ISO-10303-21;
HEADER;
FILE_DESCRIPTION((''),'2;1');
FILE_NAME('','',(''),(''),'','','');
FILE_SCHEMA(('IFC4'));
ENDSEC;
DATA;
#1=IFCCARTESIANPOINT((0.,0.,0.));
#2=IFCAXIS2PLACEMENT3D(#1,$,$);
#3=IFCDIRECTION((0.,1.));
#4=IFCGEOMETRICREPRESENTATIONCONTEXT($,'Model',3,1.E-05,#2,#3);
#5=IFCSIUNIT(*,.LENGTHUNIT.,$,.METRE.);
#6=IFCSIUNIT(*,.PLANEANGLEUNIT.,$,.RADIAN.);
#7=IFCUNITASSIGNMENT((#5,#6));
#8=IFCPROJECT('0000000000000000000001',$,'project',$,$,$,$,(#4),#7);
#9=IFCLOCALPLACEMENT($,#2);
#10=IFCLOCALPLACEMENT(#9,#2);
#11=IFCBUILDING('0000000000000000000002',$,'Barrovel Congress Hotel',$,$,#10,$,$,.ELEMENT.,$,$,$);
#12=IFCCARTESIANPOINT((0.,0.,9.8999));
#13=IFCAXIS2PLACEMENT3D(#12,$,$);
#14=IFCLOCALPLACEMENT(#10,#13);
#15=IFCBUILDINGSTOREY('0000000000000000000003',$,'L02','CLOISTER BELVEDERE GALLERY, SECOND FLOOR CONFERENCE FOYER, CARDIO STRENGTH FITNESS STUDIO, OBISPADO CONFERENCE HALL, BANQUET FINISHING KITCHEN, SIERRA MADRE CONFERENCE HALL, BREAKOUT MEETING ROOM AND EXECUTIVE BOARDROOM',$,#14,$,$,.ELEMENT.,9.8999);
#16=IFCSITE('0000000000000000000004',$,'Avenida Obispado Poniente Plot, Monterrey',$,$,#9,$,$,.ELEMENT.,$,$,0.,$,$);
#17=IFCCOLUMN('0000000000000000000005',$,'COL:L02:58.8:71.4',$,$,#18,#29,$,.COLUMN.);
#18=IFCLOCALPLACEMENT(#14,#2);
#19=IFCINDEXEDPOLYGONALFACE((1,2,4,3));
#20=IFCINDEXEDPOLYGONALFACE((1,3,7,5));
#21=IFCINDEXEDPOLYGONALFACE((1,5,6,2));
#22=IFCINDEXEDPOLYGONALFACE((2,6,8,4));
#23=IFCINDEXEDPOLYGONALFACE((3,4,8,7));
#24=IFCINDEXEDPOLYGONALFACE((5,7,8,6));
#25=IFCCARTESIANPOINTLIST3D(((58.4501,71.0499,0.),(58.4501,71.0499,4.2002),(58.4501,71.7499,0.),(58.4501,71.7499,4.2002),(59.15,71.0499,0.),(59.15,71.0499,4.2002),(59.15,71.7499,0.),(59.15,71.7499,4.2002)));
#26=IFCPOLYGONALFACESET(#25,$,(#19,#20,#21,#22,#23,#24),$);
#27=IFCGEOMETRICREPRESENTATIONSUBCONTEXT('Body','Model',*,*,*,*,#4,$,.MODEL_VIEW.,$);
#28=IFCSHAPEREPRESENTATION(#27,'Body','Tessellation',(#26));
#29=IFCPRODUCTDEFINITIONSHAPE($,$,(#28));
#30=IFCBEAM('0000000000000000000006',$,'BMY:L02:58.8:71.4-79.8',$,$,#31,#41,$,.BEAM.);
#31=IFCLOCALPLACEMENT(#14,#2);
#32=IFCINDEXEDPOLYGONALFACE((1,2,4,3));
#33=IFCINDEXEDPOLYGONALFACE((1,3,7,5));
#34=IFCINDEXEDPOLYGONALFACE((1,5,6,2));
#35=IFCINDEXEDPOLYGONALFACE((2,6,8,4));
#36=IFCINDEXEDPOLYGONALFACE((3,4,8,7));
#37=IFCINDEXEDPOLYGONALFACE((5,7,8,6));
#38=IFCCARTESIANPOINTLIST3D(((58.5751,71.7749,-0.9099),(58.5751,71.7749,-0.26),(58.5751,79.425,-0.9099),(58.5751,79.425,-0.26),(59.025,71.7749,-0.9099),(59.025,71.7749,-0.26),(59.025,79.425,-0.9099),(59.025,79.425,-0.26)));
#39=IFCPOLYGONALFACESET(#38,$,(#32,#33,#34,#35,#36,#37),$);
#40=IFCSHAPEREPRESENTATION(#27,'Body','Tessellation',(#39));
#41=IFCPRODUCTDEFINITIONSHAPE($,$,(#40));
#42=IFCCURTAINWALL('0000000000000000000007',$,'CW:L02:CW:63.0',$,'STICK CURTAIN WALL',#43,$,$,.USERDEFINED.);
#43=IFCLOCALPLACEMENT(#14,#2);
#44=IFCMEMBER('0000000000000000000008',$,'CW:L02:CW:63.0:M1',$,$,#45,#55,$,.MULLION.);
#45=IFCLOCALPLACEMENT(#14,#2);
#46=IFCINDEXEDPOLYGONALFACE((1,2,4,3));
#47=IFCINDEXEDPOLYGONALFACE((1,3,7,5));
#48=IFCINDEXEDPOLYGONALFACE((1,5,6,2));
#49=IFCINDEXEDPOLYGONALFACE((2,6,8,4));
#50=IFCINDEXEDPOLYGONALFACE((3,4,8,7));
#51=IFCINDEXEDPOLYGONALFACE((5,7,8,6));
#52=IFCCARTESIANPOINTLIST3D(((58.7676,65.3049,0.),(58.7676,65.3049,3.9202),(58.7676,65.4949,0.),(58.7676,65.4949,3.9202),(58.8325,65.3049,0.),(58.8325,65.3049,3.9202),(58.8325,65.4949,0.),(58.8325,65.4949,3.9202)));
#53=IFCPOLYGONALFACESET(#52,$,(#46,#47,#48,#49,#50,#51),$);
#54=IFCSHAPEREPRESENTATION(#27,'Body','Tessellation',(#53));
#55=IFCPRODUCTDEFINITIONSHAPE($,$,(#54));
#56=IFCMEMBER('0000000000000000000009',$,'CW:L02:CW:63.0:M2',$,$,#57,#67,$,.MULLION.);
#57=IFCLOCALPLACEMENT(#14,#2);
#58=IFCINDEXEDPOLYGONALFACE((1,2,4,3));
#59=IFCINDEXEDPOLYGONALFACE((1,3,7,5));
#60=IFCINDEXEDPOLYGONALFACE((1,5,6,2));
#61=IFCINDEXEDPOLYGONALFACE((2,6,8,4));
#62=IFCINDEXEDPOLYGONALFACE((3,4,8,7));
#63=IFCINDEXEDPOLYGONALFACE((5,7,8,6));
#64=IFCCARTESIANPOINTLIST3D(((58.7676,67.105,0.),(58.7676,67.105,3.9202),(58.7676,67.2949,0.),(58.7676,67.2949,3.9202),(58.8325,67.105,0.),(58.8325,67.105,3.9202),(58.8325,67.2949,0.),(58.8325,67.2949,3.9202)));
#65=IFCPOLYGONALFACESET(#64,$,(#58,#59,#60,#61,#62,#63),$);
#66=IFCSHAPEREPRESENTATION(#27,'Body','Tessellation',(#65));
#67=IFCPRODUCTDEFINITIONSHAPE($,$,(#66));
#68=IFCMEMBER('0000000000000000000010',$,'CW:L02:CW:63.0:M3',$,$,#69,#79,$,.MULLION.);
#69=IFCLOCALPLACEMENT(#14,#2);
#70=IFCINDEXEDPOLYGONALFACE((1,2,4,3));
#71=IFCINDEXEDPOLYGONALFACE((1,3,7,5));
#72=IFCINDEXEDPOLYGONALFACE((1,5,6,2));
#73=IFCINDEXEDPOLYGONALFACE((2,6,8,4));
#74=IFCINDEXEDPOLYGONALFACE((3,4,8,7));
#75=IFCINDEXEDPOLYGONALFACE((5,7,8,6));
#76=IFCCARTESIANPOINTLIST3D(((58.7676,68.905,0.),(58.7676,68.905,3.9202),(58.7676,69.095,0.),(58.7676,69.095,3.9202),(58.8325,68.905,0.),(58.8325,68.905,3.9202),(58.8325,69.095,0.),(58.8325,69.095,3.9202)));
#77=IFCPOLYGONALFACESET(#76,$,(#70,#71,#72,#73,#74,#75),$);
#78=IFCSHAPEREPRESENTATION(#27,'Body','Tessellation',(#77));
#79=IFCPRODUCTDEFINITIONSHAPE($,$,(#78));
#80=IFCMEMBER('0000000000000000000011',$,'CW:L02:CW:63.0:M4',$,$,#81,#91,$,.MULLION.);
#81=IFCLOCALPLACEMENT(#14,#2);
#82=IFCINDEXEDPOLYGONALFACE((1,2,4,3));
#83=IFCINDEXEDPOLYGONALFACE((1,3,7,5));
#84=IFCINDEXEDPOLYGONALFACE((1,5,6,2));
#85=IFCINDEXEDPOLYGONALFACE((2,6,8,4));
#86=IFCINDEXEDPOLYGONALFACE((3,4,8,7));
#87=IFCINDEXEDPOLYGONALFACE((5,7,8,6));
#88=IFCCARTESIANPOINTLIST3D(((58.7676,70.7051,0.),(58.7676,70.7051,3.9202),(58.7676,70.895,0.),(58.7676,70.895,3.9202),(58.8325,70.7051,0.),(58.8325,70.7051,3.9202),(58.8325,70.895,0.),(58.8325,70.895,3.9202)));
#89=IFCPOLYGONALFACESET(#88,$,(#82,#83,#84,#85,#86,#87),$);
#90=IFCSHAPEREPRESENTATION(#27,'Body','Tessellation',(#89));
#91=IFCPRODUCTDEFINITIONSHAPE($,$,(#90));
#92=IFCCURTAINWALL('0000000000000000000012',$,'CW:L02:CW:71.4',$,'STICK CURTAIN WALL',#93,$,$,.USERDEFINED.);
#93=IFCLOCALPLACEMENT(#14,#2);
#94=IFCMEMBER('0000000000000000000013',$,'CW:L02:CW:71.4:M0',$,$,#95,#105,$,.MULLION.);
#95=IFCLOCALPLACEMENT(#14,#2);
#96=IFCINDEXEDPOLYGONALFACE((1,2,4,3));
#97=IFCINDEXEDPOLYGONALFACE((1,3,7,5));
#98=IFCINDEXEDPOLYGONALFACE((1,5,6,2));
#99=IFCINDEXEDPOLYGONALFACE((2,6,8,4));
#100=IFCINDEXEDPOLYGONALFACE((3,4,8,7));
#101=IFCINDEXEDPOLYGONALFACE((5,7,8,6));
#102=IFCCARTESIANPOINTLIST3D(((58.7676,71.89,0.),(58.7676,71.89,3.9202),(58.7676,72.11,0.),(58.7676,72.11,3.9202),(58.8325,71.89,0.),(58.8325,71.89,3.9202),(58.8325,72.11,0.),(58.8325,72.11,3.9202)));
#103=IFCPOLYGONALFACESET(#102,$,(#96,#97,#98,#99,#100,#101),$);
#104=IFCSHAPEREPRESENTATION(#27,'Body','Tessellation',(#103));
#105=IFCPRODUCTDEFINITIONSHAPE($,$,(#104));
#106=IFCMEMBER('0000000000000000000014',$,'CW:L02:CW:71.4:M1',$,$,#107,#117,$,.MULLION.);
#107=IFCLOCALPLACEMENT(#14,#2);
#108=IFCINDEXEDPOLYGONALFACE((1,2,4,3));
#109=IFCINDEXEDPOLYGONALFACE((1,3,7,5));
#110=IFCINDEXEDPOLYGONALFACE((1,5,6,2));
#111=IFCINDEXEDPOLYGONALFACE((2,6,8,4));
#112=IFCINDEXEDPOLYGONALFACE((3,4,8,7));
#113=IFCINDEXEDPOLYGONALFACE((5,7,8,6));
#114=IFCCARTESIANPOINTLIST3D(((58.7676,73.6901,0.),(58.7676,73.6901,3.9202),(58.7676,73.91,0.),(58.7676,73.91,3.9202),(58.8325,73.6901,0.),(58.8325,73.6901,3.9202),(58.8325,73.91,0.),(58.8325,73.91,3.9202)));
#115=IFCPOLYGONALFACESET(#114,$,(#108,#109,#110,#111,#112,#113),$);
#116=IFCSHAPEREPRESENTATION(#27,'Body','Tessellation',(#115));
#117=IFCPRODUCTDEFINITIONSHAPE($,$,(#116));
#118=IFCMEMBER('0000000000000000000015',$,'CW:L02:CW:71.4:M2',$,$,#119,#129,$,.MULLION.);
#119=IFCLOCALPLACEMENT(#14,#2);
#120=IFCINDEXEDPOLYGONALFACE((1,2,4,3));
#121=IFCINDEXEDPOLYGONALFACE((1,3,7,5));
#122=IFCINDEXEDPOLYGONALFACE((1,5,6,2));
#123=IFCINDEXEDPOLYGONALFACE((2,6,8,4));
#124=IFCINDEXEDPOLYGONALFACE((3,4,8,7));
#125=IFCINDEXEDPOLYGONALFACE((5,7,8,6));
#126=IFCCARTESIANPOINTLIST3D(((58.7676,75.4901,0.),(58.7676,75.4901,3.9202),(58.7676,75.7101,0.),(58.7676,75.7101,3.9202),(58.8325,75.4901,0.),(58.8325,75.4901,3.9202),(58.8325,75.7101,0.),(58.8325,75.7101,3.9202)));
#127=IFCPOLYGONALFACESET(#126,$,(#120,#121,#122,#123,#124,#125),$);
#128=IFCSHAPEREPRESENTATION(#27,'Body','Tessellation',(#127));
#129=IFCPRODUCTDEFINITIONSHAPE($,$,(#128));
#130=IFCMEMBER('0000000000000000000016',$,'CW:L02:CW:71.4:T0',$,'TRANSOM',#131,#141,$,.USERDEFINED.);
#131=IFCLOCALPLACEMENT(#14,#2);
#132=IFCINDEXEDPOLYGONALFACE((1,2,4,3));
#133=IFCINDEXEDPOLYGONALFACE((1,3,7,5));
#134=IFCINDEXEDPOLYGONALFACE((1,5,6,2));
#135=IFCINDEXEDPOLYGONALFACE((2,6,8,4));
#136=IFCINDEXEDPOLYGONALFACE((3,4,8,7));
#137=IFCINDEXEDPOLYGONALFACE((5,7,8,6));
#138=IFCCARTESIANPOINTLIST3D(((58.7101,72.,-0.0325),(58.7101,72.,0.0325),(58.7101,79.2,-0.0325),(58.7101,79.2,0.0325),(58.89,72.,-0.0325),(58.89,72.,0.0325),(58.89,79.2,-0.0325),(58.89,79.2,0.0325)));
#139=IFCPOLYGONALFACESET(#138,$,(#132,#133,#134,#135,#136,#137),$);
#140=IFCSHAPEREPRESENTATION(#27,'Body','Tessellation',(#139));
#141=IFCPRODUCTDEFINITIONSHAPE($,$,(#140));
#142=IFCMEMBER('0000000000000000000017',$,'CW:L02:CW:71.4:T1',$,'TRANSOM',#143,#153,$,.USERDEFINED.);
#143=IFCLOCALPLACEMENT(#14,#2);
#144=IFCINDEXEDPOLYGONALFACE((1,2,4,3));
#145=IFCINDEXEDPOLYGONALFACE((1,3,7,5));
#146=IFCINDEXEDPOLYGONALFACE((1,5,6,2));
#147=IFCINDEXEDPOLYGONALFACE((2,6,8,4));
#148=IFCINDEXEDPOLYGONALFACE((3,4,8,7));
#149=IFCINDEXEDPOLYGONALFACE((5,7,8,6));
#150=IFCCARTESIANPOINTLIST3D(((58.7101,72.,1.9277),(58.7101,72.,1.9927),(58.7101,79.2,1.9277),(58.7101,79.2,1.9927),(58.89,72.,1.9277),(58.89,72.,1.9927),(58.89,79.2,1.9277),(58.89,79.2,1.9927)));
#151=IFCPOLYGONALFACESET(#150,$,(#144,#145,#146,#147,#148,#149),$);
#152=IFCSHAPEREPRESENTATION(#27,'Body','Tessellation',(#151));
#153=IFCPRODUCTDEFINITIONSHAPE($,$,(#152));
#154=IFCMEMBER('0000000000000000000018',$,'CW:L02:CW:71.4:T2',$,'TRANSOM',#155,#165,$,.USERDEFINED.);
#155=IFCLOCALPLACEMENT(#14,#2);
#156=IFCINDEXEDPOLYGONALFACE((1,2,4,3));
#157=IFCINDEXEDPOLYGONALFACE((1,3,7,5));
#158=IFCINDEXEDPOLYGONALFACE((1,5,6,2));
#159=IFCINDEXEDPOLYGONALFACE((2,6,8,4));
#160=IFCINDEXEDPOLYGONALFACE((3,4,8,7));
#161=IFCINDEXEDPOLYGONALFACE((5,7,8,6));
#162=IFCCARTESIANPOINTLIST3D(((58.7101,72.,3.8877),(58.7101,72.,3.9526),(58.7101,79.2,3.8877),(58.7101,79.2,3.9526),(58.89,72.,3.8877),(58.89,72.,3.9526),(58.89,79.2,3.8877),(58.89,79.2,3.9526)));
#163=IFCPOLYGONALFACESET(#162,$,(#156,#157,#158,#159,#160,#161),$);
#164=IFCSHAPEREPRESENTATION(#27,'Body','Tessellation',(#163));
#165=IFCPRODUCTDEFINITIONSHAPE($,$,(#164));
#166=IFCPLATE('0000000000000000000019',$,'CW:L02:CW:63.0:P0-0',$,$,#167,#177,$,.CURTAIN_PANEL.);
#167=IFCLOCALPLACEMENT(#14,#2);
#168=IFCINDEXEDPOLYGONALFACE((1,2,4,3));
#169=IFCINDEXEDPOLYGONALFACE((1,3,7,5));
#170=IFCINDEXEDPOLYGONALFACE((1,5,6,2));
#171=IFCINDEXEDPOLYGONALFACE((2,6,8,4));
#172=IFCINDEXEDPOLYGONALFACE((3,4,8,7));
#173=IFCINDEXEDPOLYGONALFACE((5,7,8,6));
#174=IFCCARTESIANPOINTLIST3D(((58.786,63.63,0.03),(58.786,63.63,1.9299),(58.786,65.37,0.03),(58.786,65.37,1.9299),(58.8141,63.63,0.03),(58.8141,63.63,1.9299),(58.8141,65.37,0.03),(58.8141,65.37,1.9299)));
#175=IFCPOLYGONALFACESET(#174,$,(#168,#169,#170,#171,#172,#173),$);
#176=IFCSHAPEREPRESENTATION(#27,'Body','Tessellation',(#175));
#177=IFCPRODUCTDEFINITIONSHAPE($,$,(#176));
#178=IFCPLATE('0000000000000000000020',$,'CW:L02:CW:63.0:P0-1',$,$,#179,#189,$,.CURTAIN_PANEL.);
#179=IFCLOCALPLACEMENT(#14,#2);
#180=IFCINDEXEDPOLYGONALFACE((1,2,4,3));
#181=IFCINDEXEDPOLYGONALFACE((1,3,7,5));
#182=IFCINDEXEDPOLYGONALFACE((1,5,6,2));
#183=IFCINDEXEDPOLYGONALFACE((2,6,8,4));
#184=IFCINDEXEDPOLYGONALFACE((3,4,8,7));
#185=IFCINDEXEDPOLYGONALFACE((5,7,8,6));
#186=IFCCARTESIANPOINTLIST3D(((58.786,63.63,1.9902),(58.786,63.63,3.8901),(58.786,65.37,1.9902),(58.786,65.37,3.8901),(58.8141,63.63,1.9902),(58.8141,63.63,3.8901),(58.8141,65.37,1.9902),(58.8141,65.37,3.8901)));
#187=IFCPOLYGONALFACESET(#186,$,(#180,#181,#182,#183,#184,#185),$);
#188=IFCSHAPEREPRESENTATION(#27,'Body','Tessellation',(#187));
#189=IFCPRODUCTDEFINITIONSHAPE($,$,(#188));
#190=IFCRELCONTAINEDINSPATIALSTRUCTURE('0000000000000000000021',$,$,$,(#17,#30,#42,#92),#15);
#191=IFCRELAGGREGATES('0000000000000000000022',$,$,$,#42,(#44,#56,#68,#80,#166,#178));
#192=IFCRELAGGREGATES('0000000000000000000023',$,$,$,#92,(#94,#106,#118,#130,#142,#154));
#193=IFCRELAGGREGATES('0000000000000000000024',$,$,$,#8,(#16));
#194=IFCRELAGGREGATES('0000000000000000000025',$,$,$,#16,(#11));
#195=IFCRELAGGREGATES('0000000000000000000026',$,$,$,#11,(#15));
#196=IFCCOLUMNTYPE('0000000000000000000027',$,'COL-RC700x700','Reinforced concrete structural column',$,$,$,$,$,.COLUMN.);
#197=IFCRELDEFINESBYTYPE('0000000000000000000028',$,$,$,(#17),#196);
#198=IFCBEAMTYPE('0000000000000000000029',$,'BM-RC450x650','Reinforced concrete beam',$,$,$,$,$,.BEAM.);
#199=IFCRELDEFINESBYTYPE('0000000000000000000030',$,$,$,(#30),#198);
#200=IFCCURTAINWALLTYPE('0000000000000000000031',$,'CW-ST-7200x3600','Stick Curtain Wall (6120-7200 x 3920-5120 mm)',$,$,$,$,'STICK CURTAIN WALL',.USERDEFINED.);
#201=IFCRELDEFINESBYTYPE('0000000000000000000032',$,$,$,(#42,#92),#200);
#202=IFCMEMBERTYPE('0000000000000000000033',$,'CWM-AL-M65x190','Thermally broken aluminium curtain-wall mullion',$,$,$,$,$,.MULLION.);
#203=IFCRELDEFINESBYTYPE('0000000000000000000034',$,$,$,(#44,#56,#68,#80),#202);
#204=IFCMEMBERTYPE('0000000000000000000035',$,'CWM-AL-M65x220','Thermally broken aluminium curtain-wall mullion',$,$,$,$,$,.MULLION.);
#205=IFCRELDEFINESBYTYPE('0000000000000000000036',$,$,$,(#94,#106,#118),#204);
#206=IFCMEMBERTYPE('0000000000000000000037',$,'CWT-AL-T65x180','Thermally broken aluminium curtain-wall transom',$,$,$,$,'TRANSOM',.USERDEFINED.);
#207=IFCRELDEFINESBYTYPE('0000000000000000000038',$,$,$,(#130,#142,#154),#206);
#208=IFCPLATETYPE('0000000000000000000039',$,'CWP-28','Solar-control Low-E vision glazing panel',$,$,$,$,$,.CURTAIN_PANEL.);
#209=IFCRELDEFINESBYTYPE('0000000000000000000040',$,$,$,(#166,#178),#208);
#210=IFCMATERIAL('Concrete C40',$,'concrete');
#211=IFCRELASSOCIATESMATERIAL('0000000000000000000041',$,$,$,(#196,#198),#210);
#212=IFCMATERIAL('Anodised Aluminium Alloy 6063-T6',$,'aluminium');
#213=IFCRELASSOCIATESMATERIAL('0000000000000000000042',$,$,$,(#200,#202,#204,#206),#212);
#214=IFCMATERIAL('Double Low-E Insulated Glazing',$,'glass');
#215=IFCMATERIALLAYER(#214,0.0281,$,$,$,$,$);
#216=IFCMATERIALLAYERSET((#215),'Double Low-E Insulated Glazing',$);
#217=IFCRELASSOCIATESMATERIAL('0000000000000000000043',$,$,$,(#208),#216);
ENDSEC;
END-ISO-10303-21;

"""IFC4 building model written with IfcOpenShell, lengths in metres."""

from ifc_helpers import new_model, si_unit, direction, frame, origin, origin_2d, place, context, subcontext, project, spatial, rectangle, extrude, material, layer, layer_set, material_profile, profile_set, type_object, element, aggregate, save


model = new_model("IFC4")

# Units and contexts
model_context = context("Model", 3, precision=1e-05, world=origin(), true_north=direction((0.0, 1.0)))
body_context = subcontext(model_context, "Body", "Model", "MODEL_VIEW")
ifc_project = project(units=[si_unit("LENGTHUNIT", "METRE"), si_unit("PLANEANGLEUNIT", "RADIAN")], contexts=[model_context])

# Site, building, storey
site_placement = place(None, origin())
site = spatial("IfcSite", under=ifc_project, at=site_placement, Name="Avenida Obispado Poniente Plot, Monterrey", CompositionType="ELEMENT", RefElevation=0.0)
building_placement = place(site_placement, origin())
building = spatial("IfcBuilding", under=site, at=building_placement, Name="Barrovel Congress Hotel", CompositionType="ELEMENT")
storey_placement = place(building_placement, frame((0.0, 0.0, 9.8999)))
storey = spatial("IfcBuildingStorey", under=building, at=storey_placement, Name="L02", Description="CLOISTER BELVEDERE GALLERY, SECOND FLOOR CONFERENCE FOYER, CARDIO STRENGTH FITNESS STUDIO, OBISPADO CONFERENCE HALL, BANQUET FINISHING KITCHEN, SIERRA MADRE CONFERENCE HALL, BREAKOUT MEETING ROOM AND EXECUTIVE BOARDROOM", CompositionType="ELEMENT", Elevation=9.8999)

# Column
ifc_material_1 = material(Name="Concrete C40", Category="concrete")
ifc_material_profile_1 = material_profile(ifc_material_1, rectangle(XDim=0.7, YDim=0.7, at=origin_2d()), Name="RC700x700")
ifc_profile_set_1 = profile_set([ifc_material_profile_1], Name="Concrete C40")
column_type = type_object("IfcColumnType", Name="COL-RC700x700", Description="Reinforced concrete structural column", PredefinedType="COLUMN", material=ifc_profile_set_1)
column_placement = place(storey_placement, frame((58.8, 71.3999, 0.0), z_axis=(0.0, 0.0, 1.0), x_axis=(1.0, 0.0, 0.0)))
element("IfcColumn", 1, at=column_placement, inside=storey, type_object=column_type, Name="COL:L02:58.8:71.4", PredefinedType="COLUMN", context=body_context, shape_type="SweptSolid", body=[
    extrude(rectangle(XDim=0.7, YDim=0.7, at=origin_2d()), origin(), (0.0, 0.0, 1.0), 4.2002),
])

# Beam
ifc_material_profile_2 = material_profile(ifc_material_1, rectangle(XDim=0.45, YDim=0.6499, at=origin_2d()), Name="RC450x650")
ifc_profile_set_2 = profile_set([ifc_material_profile_2], Name="Concrete C40")
beam_type = type_object("IfcBeamType", Name="BM-RC450x650", Description="Reinforced concrete beam", PredefinedType="BEAM", material=ifc_profile_set_2)
beam_placement = place(storey_placement, frame((58.8, 71.7749, -0.585), z_axis=(0.0, 1.0, 0.0), x_axis=(-1.0, 0.0, 0.0)))
element("IfcBeam", 2, at=beam_placement, inside=storey, type_object=beam_type, Name="BMY:L02:58.8:71.4-79.8", PredefinedType="BEAM", context=body_context, shape_type="SweptSolid", body=[
    extrude(rectangle(XDim=0.45, YDim=0.6499, at=origin_2d()), origin(), (0.0, 0.0, 1.0), 7.6501),
])

# Curtain walls, members
ifc_material_2 = material(Name="Anodised Aluminium Alloy 6063-T6", Category="aluminium")
curtain_wall_type = type_object("IfcCurtainWallType", Name="CW-ST-7200x3600", Description="Stick Curtain Wall (6120-7200 x 3920-5120 mm)", ElementType="STICK CURTAIN WALL", PredefinedType="USERDEFINED", material=ifc_material_2)
curtain_wall_1_placement = place(storey_placement, origin())
curtain_wall_1 = element("IfcCurtainWall", 3, at=curtain_wall_1_placement, inside=storey, type_object=curtain_wall_type, Name="CW:L02:CW:63.0", ObjectType="STICK CURTAIN WALL", PredefinedType="USERDEFINED")
ifc_material_profile_3 = material_profile(ifc_material_2, rectangle(XDim=0.0649, YDim=0.1899, at=origin_2d()), Name="AL-M65x190")
ifc_profile_set_3 = profile_set([ifc_material_profile_3], Name="Anodised Aluminium Alloy 6063-T6")
member_type_1 = type_object("IfcMemberType", Name="CWM-AL-M65x190", Description="Thermally broken aluminium curtain-wall mullion", PredefinedType="MULLION", material=ifc_profile_set_3)
member_1_placement = place(storey_placement, frame((58.8, 65.3999, 0.0), z_axis=(0.0, 0.0, 1.0), x_axis=(1.0, 0.0, 0.0)))
member_1 = element("IfcMember", 4, at=member_1_placement, type_object=member_type_1, Name="CW:L02:CW:63.0:M1", PredefinedType="MULLION", context=body_context, shape_type="SweptSolid", body=[
    extrude(rectangle(XDim=0.0649, YDim=0.1899, at=origin_2d()), origin(), (0.0, 0.0, 1.0), 3.9202),
])
member_2_placement = place(storey_placement, frame((58.8, 67.2, 0.0), z_axis=(0.0, 0.0, 1.0), x_axis=(1.0, 0.0, 0.0)))
member_2 = element("IfcMember", 5, at=member_2_placement, type_object=member_type_1, Name="CW:L02:CW:63.0:M2", PredefinedType="MULLION", context=body_context, shape_type="SweptSolid", body=[
    extrude(rectangle(XDim=0.0649, YDim=0.1899, at=origin_2d()), origin(), (0.0, 0.0, 1.0), 3.9202),
])
member_3_placement = place(storey_placement, frame((58.8, 69.0, 0.0), z_axis=(0.0, 0.0, 1.0), x_axis=(1.0, 0.0, 0.0)))
member_3 = element("IfcMember", 6, at=member_3_placement, type_object=member_type_1, Name="CW:L02:CW:63.0:M3", PredefinedType="MULLION", context=body_context, shape_type="SweptSolid", body=[
    extrude(rectangle(XDim=0.0649, YDim=0.1899, at=origin_2d()), origin(), (0.0, 0.0, 1.0), 3.9202),
])
member_4_placement = place(storey_placement, frame((58.8, 70.8, 0.0), z_axis=(0.0, 0.0, 1.0), x_axis=(1.0, 0.0, 0.0)))
member_4 = element("IfcMember", 7, at=member_4_placement, type_object=member_type_1, Name="CW:L02:CW:63.0:M4", PredefinedType="MULLION", context=body_context, shape_type="SweptSolid", body=[
    extrude(rectangle(XDim=0.0649, YDim=0.1899, at=origin_2d()), origin(), (0.0, 0.0, 1.0), 3.9202),
])
curtain_wall_2_placement = place(storey_placement, origin())
curtain_wall_2 = element("IfcCurtainWall", 8, at=curtain_wall_2_placement, inside=storey, type_object=curtain_wall_type, Name="CW:L02:CW:71.4", ObjectType="STICK CURTAIN WALL", PredefinedType="USERDEFINED")
ifc_material_profile_4 = material_profile(ifc_material_2, rectangle(XDim=0.0649, YDim=0.22, at=origin_2d()), Name="AL-M65x220")
ifc_profile_set_4 = profile_set([ifc_material_profile_4], Name="Anodised Aluminium Alloy 6063-T6")
member_type_2 = type_object("IfcMemberType", Name="CWM-AL-M65x220", Description="Thermally broken aluminium curtain-wall mullion", PredefinedType="MULLION", material=ifc_profile_set_4)
member_5_placement = place(storey_placement, frame((58.8, 72.0, 0.0), z_axis=(0.0, 0.0, 1.0), x_axis=(1.0, 0.0, 0.0)))
member_5 = element("IfcMember", 9, at=member_5_placement, type_object=member_type_2, Name="CW:L02:CW:71.4:M0", PredefinedType="MULLION", context=body_context, shape_type="SweptSolid", body=[
    extrude(rectangle(XDim=0.0649, YDim=0.22, at=origin_2d()), origin(), (0.0, 0.0, 1.0), 3.9202),
])
member_6_placement = place(storey_placement, frame((58.8, 73.8, 0.0), z_axis=(0.0, 0.0, 1.0), x_axis=(1.0, 0.0, 0.0)))
member_6 = element("IfcMember", 10, at=member_6_placement, type_object=member_type_2, Name="CW:L02:CW:71.4:M1", PredefinedType="MULLION", context=body_context, shape_type="SweptSolid", body=[
    extrude(rectangle(XDim=0.0649, YDim=0.22, at=origin_2d()), origin(), (0.0, 0.0, 1.0), 3.9202),
])
member_7_placement = place(storey_placement, frame((58.8, 75.6001, 0.0), z_axis=(0.0, 0.0, 1.0), x_axis=(1.0, 0.0, 0.0)))
member_7 = element("IfcMember", 11, at=member_7_placement, type_object=member_type_2, Name="CW:L02:CW:71.4:M2", PredefinedType="MULLION", context=body_context, shape_type="SweptSolid", body=[
    extrude(rectangle(XDim=0.0649, YDim=0.22, at=origin_2d()), origin(), (0.0, 0.0, 1.0), 3.9202),
])
ifc_material_profile_5 = material_profile(ifc_material_2, rectangle(XDim=0.1799, YDim=0.0649, at=origin_2d()), Name="AL-T65x180")
ifc_profile_set_5 = profile_set([ifc_material_profile_5], Name="Anodised Aluminium Alloy 6063-T6")
member_type_3 = type_object("IfcMemberType", Name="CWT-AL-T65x180", Description="Thermally broken aluminium curtain-wall transom", ElementType="TRANSOM", PredefinedType="USERDEFINED", material=ifc_profile_set_5)
member_8_placement = place(storey_placement, frame((58.8, 72.0, 0.0), z_axis=(0.0, 1.0, 0.0), x_axis=(-1.0, 0.0, 0.0)))
member_8 = element("IfcMember", 12, at=member_8_placement, type_object=member_type_3, Name="CW:L02:CW:71.4:T0", ObjectType="TRANSOM", PredefinedType="USERDEFINED", context=body_context, shape_type="SweptSolid", body=[
    extrude(rectangle(XDim=0.1799, YDim=0.0649, at=origin_2d()), origin(), (0.0, 0.0, 1.0), 7.2),
])
member_9_placement = place(storey_placement, frame((58.8, 72.0, 1.9602), z_axis=(0.0, 1.0, 0.0), x_axis=(-1.0, 0.0, 0.0)))
member_9 = element("IfcMember", 13, at=member_9_placement, type_object=member_type_3, Name="CW:L02:CW:71.4:T1", ObjectType="TRANSOM", PredefinedType="USERDEFINED", context=body_context, shape_type="SweptSolid", body=[
    extrude(rectangle(XDim=0.1799, YDim=0.0649, at=origin_2d()), origin(), (0.0, 0.0, 1.0), 7.2),
])
member_10_placement = place(storey_placement, frame((58.8, 72.0, 3.9202), z_axis=(0.0, 1.0, 0.0), x_axis=(-1.0, 0.0, 0.0)))
member_10 = element("IfcMember", 14, at=member_10_placement, type_object=member_type_3, Name="CW:L02:CW:71.4:T2", ObjectType="TRANSOM", PredefinedType="USERDEFINED", context=body_context, shape_type="SweptSolid", body=[
    extrude(rectangle(XDim=0.1799, YDim=0.0649, at=origin_2d()), origin(), (0.0, 0.0, 1.0), 7.2),
])

# Plates
ifc_material_3 = material(Name="Double Low-E Insulated Glazing", Category="glass")
ifc_layer_1 = layer(ifc_material_3, 0.0281)
ifc_layer_set_1 = layer_set([ifc_layer_1], Name="Double Low-E Insulated Glazing")
plate_type_1 = type_object("IfcPlateType", Name="CWP-28", Description="Solar-control Low-E vision glazing panel", PredefinedType="CURTAIN_PANEL", material=ifc_layer_set_1)
plate_1_placement = place(storey_placement, frame((58.8, 64.5, 0.03), z_axis=(0.0, 0.0, 1.0), x_axis=(0.0, 1.0, 0.0)))
plate_1 = element("IfcPlate", 15, at=plate_1_placement, type_object=plate_type_1, Name="CW:L02:CW:63.0:P0-0", PredefinedType="CURTAIN_PANEL", context=body_context, shape_type="SweptSolid", body=[
    extrude(rectangle(XDim=1.74, YDim=0.0281, at=origin_2d()), origin(), (0.0, 0.0, 1.0), 1.8999),
])
plate_2_placement = place(storey_placement, frame((58.8, 64.5, 1.9902), z_axis=(0.0, 0.0, 1.0), x_axis=(0.0, 1.0, 0.0)))
plate_2 = element("IfcPlate", 16, at=plate_2_placement, type_object=plate_type_1, Name="CW:L02:CW:63.0:P0-1", PredefinedType="CURTAIN_PANEL", context=body_context, shape_type="SweptSolid", body=[
    extrude(rectangle(XDim=1.74, YDim=0.0281, at=origin_2d()), origin(), (0.0, 0.0, 1.0), 1.8999),
])
aggregate(curtain_wall_1, [member_1, member_2, member_3, member_4, plate_1, plate_2])
aggregate(curtain_wall_2, [member_5, member_6, member_7, member_8, member_9, member_10])

save(model, "model.ifc")
